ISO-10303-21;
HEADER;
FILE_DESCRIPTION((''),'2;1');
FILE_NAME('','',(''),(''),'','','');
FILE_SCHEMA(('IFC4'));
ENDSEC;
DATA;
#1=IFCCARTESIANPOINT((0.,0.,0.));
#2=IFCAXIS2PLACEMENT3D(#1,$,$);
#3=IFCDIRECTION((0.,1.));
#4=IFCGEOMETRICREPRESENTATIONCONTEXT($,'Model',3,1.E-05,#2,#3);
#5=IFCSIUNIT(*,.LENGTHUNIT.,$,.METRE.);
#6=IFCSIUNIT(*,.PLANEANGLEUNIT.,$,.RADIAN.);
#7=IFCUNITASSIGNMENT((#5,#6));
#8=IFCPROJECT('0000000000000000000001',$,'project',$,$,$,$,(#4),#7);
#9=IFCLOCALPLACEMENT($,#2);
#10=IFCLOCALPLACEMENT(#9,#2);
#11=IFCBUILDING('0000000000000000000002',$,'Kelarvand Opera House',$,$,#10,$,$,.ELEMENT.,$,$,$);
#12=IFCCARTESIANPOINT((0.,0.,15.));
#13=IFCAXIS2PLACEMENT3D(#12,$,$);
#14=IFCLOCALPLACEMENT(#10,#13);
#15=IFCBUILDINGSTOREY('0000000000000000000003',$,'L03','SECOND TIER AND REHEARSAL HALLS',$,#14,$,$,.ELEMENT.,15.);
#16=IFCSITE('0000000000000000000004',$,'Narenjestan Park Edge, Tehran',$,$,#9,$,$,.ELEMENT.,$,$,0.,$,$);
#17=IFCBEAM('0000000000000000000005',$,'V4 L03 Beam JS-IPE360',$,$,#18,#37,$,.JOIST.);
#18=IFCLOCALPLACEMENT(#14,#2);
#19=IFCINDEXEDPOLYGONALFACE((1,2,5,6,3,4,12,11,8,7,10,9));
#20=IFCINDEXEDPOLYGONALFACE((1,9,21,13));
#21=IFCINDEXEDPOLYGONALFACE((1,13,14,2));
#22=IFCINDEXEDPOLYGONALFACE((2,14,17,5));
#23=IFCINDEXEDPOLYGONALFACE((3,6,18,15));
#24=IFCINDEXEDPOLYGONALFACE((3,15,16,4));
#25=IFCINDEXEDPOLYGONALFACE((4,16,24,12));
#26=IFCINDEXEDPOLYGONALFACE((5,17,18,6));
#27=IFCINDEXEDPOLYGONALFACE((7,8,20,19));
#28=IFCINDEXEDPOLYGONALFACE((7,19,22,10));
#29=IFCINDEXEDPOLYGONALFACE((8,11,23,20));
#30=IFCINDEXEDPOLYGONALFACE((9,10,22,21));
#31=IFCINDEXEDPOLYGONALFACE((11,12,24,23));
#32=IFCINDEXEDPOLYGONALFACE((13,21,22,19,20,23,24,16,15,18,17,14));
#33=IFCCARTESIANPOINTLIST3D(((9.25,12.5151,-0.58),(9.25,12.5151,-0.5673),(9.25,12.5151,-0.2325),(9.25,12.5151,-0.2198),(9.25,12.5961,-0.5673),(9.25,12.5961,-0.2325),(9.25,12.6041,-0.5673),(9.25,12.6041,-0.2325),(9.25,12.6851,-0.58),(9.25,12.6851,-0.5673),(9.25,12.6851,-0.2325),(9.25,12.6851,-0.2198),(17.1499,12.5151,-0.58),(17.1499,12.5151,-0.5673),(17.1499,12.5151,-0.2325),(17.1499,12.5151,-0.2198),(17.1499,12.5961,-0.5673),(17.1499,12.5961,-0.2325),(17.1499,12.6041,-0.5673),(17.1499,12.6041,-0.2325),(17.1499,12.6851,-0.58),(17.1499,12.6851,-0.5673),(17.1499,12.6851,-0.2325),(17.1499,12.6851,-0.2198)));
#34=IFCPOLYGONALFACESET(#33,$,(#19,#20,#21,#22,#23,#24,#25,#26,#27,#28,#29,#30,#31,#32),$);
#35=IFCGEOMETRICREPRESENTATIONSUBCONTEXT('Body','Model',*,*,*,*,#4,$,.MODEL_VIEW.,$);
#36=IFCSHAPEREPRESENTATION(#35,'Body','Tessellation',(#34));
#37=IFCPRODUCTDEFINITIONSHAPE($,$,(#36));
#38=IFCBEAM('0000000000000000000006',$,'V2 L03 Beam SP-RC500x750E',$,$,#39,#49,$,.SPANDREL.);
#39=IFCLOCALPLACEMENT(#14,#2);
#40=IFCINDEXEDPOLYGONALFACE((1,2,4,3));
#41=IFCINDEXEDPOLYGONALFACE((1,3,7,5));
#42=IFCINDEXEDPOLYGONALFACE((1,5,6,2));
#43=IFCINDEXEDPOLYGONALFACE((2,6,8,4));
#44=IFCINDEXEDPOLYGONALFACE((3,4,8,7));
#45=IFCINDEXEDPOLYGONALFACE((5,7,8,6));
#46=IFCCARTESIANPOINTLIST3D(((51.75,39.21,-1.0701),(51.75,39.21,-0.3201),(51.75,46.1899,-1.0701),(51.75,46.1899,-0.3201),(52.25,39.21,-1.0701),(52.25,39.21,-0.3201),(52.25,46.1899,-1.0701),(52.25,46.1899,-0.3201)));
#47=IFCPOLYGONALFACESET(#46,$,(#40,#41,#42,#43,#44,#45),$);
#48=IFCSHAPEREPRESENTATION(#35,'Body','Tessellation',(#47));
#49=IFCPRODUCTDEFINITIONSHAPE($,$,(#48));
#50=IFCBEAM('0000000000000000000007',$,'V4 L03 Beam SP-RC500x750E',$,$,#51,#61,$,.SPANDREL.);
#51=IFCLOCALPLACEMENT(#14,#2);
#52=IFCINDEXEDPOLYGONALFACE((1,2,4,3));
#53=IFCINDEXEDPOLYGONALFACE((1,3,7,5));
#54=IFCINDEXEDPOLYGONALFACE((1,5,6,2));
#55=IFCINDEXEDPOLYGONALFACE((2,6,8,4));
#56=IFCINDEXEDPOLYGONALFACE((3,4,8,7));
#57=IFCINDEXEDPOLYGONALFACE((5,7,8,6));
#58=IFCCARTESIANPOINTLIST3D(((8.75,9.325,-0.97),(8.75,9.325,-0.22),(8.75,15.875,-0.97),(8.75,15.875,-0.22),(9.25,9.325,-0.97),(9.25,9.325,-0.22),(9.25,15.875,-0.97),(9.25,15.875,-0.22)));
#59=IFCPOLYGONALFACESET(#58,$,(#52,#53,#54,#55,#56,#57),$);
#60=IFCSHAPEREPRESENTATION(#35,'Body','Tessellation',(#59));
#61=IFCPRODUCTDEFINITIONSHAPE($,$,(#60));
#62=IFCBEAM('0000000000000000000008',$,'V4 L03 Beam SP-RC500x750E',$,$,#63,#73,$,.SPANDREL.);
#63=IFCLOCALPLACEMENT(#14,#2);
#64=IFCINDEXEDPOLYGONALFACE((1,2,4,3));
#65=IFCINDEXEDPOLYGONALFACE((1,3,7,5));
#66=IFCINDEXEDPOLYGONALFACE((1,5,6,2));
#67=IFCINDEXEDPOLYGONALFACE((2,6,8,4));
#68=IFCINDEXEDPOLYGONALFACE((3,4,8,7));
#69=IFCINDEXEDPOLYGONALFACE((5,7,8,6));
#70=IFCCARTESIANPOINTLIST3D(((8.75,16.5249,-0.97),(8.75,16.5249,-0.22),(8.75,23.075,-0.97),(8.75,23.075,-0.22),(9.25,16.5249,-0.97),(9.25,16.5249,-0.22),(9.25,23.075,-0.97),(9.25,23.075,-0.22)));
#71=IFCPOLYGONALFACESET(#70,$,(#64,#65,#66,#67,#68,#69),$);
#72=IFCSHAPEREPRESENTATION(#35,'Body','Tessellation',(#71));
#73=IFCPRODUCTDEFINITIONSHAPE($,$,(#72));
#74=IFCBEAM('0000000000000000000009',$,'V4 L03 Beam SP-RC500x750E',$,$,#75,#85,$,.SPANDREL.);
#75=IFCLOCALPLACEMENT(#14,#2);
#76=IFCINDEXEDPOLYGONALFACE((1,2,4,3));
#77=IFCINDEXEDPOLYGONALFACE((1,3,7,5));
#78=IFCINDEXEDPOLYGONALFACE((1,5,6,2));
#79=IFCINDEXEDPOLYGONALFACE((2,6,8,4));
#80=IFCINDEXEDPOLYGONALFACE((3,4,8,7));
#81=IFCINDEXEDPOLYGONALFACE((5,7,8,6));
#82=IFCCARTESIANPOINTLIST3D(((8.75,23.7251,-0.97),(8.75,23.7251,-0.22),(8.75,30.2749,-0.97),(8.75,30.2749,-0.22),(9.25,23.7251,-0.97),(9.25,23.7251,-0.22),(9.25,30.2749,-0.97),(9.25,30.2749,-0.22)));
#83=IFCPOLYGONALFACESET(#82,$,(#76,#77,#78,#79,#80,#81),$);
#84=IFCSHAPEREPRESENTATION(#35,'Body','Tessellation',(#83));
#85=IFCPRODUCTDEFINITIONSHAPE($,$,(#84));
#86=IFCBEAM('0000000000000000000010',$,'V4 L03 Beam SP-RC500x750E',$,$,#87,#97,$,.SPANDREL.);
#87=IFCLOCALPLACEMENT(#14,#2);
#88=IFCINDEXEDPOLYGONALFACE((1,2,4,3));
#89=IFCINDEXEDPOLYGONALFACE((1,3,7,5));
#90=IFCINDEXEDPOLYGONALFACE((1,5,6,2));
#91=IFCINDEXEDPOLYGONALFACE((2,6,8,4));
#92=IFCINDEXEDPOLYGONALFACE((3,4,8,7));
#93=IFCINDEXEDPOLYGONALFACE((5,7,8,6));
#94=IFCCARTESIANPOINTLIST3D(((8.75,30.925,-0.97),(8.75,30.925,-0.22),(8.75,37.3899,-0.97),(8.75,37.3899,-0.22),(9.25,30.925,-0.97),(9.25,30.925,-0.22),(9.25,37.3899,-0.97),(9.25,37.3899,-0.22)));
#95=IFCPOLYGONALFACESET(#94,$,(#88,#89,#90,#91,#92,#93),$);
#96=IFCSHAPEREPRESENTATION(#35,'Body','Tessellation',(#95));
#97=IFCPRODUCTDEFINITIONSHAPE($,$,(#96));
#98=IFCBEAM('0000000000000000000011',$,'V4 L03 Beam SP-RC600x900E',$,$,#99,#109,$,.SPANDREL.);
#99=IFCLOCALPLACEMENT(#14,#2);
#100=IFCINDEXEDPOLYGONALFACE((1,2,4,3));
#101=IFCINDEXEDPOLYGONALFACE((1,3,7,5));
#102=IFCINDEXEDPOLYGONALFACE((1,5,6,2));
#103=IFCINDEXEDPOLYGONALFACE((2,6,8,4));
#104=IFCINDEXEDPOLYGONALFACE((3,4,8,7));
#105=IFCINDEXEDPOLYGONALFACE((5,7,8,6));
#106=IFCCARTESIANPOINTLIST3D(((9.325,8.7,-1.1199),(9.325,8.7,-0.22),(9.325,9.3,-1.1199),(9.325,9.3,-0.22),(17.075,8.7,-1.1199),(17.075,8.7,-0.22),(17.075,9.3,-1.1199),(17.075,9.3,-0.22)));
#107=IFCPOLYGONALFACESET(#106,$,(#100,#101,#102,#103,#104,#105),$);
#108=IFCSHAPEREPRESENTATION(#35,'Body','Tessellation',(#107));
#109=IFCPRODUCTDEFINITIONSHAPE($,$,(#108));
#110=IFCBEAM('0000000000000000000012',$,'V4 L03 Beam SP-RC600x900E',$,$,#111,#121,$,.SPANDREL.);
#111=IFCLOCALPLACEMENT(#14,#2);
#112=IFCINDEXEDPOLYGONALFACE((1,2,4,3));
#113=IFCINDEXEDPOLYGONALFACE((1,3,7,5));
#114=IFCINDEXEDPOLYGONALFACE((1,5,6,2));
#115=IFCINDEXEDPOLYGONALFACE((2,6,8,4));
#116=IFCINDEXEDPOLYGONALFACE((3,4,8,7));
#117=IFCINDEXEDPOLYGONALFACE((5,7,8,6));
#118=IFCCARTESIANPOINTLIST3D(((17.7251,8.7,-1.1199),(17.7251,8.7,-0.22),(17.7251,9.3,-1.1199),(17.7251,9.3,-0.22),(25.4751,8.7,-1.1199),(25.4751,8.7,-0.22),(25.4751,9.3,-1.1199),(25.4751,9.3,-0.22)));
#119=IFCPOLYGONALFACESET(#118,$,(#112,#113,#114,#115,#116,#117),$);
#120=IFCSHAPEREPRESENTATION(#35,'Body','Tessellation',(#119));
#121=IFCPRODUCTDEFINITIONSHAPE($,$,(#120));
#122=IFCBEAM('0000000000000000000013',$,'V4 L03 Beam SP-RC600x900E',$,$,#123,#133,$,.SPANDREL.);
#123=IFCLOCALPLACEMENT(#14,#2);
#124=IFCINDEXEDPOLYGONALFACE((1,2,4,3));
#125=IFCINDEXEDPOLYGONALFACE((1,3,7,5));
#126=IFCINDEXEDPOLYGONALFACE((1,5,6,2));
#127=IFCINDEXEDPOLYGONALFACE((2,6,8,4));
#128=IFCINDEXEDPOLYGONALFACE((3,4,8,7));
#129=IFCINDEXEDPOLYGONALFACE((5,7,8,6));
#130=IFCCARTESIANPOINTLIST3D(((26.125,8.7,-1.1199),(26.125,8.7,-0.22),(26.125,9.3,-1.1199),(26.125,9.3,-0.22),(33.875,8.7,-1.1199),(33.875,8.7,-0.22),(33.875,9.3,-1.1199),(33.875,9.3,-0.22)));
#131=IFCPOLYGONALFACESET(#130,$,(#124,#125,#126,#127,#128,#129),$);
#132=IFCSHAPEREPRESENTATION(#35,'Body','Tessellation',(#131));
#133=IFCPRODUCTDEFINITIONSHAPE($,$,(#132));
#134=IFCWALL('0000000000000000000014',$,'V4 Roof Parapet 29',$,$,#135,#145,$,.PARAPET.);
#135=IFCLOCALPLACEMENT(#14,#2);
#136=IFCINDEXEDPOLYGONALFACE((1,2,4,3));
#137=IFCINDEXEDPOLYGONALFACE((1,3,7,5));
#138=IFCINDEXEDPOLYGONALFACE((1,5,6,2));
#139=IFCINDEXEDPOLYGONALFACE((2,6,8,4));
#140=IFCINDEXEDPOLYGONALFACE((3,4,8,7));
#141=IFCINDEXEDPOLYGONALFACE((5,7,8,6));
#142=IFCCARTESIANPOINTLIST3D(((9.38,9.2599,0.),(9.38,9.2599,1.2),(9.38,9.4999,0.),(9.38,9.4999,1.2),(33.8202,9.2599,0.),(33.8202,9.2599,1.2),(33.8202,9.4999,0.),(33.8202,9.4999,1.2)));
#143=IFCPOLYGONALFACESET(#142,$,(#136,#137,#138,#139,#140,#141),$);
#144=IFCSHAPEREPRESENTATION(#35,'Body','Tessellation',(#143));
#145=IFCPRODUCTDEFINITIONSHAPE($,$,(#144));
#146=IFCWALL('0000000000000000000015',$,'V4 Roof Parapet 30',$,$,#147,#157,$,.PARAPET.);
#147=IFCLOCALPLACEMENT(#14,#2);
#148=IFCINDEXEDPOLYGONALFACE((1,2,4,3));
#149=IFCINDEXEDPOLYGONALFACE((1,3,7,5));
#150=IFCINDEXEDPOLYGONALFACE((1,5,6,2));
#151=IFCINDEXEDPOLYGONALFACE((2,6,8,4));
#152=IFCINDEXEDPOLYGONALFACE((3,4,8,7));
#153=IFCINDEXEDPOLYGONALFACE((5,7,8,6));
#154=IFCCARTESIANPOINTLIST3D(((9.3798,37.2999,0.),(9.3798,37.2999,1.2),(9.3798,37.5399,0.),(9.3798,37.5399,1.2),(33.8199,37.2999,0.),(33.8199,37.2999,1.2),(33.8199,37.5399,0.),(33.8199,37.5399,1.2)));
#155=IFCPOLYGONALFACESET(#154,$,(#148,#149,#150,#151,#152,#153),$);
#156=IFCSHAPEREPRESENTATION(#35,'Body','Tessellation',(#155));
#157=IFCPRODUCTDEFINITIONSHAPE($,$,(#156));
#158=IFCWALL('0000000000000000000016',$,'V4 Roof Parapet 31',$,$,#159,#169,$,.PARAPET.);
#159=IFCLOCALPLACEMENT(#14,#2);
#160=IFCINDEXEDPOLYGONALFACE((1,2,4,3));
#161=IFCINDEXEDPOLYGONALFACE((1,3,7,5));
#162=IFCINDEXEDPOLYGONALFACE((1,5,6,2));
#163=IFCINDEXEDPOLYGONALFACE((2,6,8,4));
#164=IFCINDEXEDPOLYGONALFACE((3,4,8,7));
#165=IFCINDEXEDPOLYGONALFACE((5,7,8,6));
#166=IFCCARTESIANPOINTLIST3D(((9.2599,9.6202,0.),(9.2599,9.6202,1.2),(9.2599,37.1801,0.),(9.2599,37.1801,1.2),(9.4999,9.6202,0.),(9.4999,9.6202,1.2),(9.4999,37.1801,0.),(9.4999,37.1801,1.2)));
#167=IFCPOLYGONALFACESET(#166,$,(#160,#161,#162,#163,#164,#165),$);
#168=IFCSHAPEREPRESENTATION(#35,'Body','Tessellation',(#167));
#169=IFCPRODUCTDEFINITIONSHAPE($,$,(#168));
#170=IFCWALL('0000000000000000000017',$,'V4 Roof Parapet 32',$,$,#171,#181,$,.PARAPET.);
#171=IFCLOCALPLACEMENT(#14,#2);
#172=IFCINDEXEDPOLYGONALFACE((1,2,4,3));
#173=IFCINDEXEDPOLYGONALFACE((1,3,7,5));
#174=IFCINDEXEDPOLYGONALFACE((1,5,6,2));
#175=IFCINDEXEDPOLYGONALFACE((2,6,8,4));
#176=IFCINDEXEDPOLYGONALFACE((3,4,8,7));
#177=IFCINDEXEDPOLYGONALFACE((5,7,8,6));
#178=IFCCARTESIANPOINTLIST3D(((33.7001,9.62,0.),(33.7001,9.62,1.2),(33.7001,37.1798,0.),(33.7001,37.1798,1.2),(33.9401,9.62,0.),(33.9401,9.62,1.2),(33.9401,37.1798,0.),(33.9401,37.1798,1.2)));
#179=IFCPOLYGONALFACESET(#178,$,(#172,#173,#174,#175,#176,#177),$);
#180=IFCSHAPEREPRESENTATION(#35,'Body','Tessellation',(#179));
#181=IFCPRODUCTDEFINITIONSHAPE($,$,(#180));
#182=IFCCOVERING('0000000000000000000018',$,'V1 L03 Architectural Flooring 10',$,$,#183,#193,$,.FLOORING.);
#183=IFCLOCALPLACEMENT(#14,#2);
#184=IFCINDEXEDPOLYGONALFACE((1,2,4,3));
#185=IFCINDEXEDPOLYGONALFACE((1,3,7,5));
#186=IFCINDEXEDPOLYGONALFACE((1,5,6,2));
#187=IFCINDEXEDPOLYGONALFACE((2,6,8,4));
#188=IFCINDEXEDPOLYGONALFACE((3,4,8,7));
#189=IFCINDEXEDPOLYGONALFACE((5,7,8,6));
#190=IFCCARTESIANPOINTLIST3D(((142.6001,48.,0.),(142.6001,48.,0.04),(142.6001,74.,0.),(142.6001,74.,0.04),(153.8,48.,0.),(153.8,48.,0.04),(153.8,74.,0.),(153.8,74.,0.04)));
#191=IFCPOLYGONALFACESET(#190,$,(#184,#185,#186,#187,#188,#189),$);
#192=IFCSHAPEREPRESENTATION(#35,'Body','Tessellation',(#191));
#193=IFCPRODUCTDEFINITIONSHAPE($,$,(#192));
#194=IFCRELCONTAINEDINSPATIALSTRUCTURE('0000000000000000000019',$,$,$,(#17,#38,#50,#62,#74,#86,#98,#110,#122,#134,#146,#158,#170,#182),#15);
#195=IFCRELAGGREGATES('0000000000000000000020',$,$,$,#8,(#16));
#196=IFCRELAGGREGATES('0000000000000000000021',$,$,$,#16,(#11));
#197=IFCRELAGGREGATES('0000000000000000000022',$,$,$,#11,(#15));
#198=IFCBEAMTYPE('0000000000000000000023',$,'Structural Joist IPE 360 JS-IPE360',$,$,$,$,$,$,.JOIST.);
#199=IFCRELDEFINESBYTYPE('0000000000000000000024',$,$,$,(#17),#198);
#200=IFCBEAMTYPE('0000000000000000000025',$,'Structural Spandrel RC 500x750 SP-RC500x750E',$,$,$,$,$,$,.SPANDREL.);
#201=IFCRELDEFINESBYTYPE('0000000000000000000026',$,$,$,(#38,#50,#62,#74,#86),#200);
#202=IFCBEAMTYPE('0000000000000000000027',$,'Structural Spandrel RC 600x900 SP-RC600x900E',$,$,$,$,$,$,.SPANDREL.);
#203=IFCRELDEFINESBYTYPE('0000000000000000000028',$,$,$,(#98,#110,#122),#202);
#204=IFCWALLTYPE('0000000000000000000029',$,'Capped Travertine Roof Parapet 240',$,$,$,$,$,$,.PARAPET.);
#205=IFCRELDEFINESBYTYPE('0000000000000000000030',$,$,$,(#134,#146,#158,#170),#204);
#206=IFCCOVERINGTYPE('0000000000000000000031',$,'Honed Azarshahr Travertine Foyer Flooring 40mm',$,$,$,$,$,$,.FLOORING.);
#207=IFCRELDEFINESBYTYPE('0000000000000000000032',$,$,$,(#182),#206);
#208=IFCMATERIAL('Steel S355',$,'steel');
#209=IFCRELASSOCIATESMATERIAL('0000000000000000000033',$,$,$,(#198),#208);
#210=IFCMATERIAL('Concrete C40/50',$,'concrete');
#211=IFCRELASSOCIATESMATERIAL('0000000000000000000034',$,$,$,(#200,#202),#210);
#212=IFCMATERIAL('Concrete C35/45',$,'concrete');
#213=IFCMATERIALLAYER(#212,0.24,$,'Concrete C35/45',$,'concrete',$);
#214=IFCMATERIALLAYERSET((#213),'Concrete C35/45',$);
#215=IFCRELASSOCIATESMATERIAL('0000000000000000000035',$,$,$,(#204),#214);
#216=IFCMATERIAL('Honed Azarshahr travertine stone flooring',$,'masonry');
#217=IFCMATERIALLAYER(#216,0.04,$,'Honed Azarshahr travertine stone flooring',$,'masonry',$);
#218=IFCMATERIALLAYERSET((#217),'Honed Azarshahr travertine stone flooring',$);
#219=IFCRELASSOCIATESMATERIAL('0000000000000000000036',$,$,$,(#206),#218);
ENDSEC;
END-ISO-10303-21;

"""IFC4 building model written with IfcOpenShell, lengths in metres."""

from ifc_helpers import new_model, si_unit, direction, frame, frame_2d, origin, origin_2d, place, context, subcontext, project, spatial, polyline, rectangle, i_section, outline, extrude, material, layer, layer_set, material_profile, profile_set, type_object, element, save


model = new_model("IFC4")

# Units and contexts
model_context = context("Model", 3, precision=1e-05, world=origin(), true_north=direction((0.0, 1.0)))
body_context = subcontext(model_context, "Body", "Model", "MODEL_VIEW")
ifc_project = project(units=[si_unit("LENGTHUNIT", "METRE"), si_unit("PLANEANGLEUNIT", "RADIAN")], contexts=[model_context])

# Site, building, storey
site_placement = place(None, origin())
site = spatial("IfcSite", under=ifc_project, at=site_placement, Name="Narenjestan Park Edge, Tehran", CompositionType="ELEMENT", RefElevation=0.0)
building_placement = place(site_placement, origin())
building = spatial("IfcBuilding", under=site, at=building_placement, Name="Kelarvand Opera House", CompositionType="ELEMENT")
storey_placement = place(building_placement, frame((0.0, 0.0, 15.0)))
storey = spatial("IfcBuildingStorey", under=building, at=storey_placement, Name="L03", Description="SECOND TIER AND REHEARSAL HALLS", CompositionType="ELEMENT", Elevation=15.0)

# Shared definitions
ifc_material_1 = material(Name="Concrete C40/50", Category="concrete")

# Beams
ifc_material_2 = material(Name="Steel S355", Category="steel")
ifc_material_profile_1 = material_profile(ifc_material_2, i_section(OverallWidth=0.1699, OverallDepth=0.3601, WebThickness=0.0081, FlangeThickness=0.0127, at=origin_2d()), Name="IPE 360", Category="steel")
ifc_profile_set_1 = profile_set([ifc_material_profile_1], Name="Steel S355")
beam_type_1 = type_object("IfcBeamType", Name="Structural Joist IPE 360 JS-IPE360", PredefinedType="JOIST", material=ifc_profile_set_1)
beam_1_placement = place(storey_placement, frame((9.25, 12.6001, -0.3999), z_axis=(1.0, 0.0, 0.0), x_axis=(0.0, 1.0, 0.0)))
element("IfcBeam", 1, at=beam_1_placement, inside=storey, type_object=beam_type_1, Name="V4 L03 Beam JS-IPE360", PredefinedType="JOIST", context=body_context, shape_type="SweptSolid", body=[
    extrude(i_section(OverallWidth=0.1699, OverallDepth=0.3601, WebThickness=0.0081, FlangeThickness=0.0127, at=origin_2d()), origin(), (0.0, 0.0, 1.0), 7.8999),
])
ifc_material_profile_2 = material_profile(ifc_material_1, rectangle(XDim=0.5, YDim=0.75, at=origin_2d()), Name="RC 500x750", Category="concrete")
ifc_profile_set_2 = profile_set([ifc_material_profile_2], Name="Concrete C40/50")
beam_type_2 = type_object("IfcBeamType", Name="Structural Spandrel RC 500x750 SP-RC500x750E", PredefinedType="SPANDREL", material=ifc_profile_set_2)
beam_2_placement = place(storey_placement, frame((52.0, 39.21, -0.6951), z_axis=(0.0, 1.0, 0.0), x_axis=(-1.0, 0.0, 0.0)))
element("IfcBeam", 2, at=beam_2_placement, inside=storey, type_object=beam_type_2, Name="V2 L03 Beam SP-RC500x750E", PredefinedType="SPANDREL", context=body_context, shape_type="SweptSolid", body=[
    extrude(rectangle(XDim=0.5, YDim=0.75, at=origin_2d()), origin(), (0.0, 0.0, 1.0), 6.98),
])
for number, where, z_axis, x_axis, name in (
    (3, (9.0, 9.325, -0.595), (0.0, 1.0, 0.0), (-1.0, 0.0, 0.0), "V4 L03 Beam SP-RC500x750E"),
    (4, (9.0, 16.5249, -0.595), (0.0, 1.0, 0.0), (-1.0, 0.0, 0.0), "V4 L03 Beam SP-RC500x750E"),
):
    element("IfcBeam", number, at=place(storey_placement, frame(where, z_axis=z_axis, x_axis=x_axis)), inside=storey, type_object=beam_type_2, Name=name, PredefinedType="SPANDREL", context=body_context, shape_type="SweptSolid", body=[
        extrude(rectangle(XDim=0.5, YDim=0.75, at=origin_2d()), origin(), (0.0, 0.0, 1.0), 6.55),
    ])
beam_3_placement = place(storey_placement, frame((9.0, 23.7251, -0.595), z_axis=(0.0, 1.0, 0.0), x_axis=(-1.0, 0.0, 0.0)))
element("IfcBeam", 5, at=beam_3_placement, inside=storey, type_object=beam_type_2, Name="V4 L03 Beam SP-RC500x750E", PredefinedType="SPANDREL", context=body_context, shape_type="SweptSolid", body=[
    extrude(rectangle(XDim=0.5, YDim=0.75, at=origin_2d()), origin(), (0.0, 0.0, 1.0), 6.5498),
])
beam_4_placement = place(storey_placement, frame((9.0, 30.925, -0.595), z_axis=(0.0, 1.0, 0.0), x_axis=(-1.0, 0.0, 0.0)))
element("IfcBeam", 6, at=beam_4_placement, inside=storey, type_object=beam_type_2, Name="V4 L03 Beam SP-RC500x750E", PredefinedType="SPANDREL", context=body_context, shape_type="SweptSolid", body=[
    extrude(rectangle(XDim=0.5, YDim=0.75, at=origin_2d()), origin(), (0.0, 0.0, 1.0), 6.4648),
])
ifc_material_profile_3 = material_profile(ifc_material_1, rectangle(XDim=0.6001, YDim=0.8999, at=origin_2d()), Name="RC 600x900", Category="concrete")
ifc_profile_set_3 = profile_set([ifc_material_profile_3], Name="Concrete C40/50")
beam_type_3 = type_object("IfcBeamType", Name="Structural Spandrel RC 600x900 SP-RC600x900E", PredefinedType="SPANDREL", material=ifc_profile_set_3)
for number, where, z_axis, x_axis, name in (
    (7, (9.325, 9.0, -0.6699), (1.0, 0.0, 0.0), (0.0, 1.0, 0.0), "V4 L03 Beam SP-RC600x900E"),
    (8, (17.7251, 9.0, -0.6699), (1.0, 0.0, 0.0), (0.0, 1.0, 0.0), "V4 L03 Beam SP-RC600x900E"),
    (9, (26.125, 9.0, -0.6699), (1.0, 0.0, 0.0), (0.0, 1.0, 0.0), "V4 L03 Beam SP-RC600x900E"),
):
    element("IfcBeam", number, at=place(storey_placement, frame(where, z_axis=z_axis, x_axis=x_axis)), inside=storey, type_object=beam_type_3, Name=name, PredefinedType="SPANDREL", context=body_context, shape_type="SweptSolid", body=[
        extrude(rectangle(XDim=0.6001, YDim=0.8999, at=origin_2d()), origin(), (0.0, 0.0, 1.0), 7.75),
    ])

# Walls
ifc_material_3 = material(Name="Concrete C35/45", Category="concrete")
ifc_layer_1 = layer(ifc_material_3, 0.24, Name="Concrete C35/45", Category="concrete")
ifc_layer_set_1 = layer_set([ifc_layer_1], Name="Concrete C35/45")
wall_type = type_object("IfcWallType", Name="Capped Travertine Roof Parapet 240", PredefinedType="PARAPET", material=ifc_layer_set_1)
for number, where, z_axis, x_axis, name in (
    (10, (9.3799, 9.3799, 0.0), (0.0, 0.0, 1.0), (1.0, 0.0, 0.0), "V4 Roof Parapet 29"),
    (11, (33.8201, 37.4199, 0.0), (0.0, 0.0, 1.0), (-1.0, 0.0, 0.0), "V4 Roof Parapet 30"),
):
    element("IfcWall", number, at=place(storey_placement, frame(where, z_axis=z_axis, x_axis=x_axis)), inside=storey, type_object=wall_type, Name=name, PredefinedType="PARAPET", context=body_context, shape_type="SweptSolid", body=[
        extrude(rectangle(XDim=24.4402, YDim=0.24, at=frame_2d((12.2202, 0.0))), origin(), (0.0, 0.0, 1.0), 1.2),
    ])
for number, where, z_axis, x_axis, name in (
    (12, (9.3799, 37.1799, 0.0), (0.0, 0.0, 1.0), (0.0, -1.0, 0.0), "V4 Roof Parapet 31"),
    (13, (33.8201, 9.6201, 0.0), (0.0, 0.0, 1.0), (0.0, 1.0, 0.0), "V4 Roof Parapet 32"),
):
    element("IfcWall", number, at=place(storey_placement, frame(where, z_axis=z_axis, x_axis=x_axis)), inside=storey, type_object=wall_type, Name=name, PredefinedType="PARAPET", context=body_context, shape_type="SweptSolid", body=[
        extrude(rectangle(XDim=27.5598, YDim=0.24, at=frame_2d((13.7798, 0.0))), origin(), (0.0, 0.0, 1.0), 1.2),
    ])

# Covering
ifc_material_4 = material(Name="Honed Azarshahr travertine stone flooring", Category="masonry")
ifc_layer_2 = layer(ifc_material_4, 0.04, Name="Honed Azarshahr travertine stone flooring", Category="masonry")
ifc_layer_set_2 = layer_set([ifc_layer_2], Name="Honed Azarshahr travertine stone flooring")
covering_type_1 = type_object("IfcCoveringType", Name="Honed Azarshahr Travertine Foyer Flooring 40mm", PredefinedType="FLOORING", material=ifc_layer_set_2)
covering_1_placement = place(storey_placement, origin())
element("IfcCovering", 14, at=covering_1_placement, inside=storey, type_object=covering_type_1, Name="V1 L03 Architectural Flooring 10", PredefinedType="FLOORING", context=body_context, shape_type="SweptSolid", body=[
    extrude(outline(polyline([(142.6001, 48.0), (153.8, 48.0), (153.8, 74.0), (142.6001, 74.0), (142.6001, 48.0)])), origin(), (0.0, 0.0, 1.0), 0.04),
])

save(model, "model.ifc")
